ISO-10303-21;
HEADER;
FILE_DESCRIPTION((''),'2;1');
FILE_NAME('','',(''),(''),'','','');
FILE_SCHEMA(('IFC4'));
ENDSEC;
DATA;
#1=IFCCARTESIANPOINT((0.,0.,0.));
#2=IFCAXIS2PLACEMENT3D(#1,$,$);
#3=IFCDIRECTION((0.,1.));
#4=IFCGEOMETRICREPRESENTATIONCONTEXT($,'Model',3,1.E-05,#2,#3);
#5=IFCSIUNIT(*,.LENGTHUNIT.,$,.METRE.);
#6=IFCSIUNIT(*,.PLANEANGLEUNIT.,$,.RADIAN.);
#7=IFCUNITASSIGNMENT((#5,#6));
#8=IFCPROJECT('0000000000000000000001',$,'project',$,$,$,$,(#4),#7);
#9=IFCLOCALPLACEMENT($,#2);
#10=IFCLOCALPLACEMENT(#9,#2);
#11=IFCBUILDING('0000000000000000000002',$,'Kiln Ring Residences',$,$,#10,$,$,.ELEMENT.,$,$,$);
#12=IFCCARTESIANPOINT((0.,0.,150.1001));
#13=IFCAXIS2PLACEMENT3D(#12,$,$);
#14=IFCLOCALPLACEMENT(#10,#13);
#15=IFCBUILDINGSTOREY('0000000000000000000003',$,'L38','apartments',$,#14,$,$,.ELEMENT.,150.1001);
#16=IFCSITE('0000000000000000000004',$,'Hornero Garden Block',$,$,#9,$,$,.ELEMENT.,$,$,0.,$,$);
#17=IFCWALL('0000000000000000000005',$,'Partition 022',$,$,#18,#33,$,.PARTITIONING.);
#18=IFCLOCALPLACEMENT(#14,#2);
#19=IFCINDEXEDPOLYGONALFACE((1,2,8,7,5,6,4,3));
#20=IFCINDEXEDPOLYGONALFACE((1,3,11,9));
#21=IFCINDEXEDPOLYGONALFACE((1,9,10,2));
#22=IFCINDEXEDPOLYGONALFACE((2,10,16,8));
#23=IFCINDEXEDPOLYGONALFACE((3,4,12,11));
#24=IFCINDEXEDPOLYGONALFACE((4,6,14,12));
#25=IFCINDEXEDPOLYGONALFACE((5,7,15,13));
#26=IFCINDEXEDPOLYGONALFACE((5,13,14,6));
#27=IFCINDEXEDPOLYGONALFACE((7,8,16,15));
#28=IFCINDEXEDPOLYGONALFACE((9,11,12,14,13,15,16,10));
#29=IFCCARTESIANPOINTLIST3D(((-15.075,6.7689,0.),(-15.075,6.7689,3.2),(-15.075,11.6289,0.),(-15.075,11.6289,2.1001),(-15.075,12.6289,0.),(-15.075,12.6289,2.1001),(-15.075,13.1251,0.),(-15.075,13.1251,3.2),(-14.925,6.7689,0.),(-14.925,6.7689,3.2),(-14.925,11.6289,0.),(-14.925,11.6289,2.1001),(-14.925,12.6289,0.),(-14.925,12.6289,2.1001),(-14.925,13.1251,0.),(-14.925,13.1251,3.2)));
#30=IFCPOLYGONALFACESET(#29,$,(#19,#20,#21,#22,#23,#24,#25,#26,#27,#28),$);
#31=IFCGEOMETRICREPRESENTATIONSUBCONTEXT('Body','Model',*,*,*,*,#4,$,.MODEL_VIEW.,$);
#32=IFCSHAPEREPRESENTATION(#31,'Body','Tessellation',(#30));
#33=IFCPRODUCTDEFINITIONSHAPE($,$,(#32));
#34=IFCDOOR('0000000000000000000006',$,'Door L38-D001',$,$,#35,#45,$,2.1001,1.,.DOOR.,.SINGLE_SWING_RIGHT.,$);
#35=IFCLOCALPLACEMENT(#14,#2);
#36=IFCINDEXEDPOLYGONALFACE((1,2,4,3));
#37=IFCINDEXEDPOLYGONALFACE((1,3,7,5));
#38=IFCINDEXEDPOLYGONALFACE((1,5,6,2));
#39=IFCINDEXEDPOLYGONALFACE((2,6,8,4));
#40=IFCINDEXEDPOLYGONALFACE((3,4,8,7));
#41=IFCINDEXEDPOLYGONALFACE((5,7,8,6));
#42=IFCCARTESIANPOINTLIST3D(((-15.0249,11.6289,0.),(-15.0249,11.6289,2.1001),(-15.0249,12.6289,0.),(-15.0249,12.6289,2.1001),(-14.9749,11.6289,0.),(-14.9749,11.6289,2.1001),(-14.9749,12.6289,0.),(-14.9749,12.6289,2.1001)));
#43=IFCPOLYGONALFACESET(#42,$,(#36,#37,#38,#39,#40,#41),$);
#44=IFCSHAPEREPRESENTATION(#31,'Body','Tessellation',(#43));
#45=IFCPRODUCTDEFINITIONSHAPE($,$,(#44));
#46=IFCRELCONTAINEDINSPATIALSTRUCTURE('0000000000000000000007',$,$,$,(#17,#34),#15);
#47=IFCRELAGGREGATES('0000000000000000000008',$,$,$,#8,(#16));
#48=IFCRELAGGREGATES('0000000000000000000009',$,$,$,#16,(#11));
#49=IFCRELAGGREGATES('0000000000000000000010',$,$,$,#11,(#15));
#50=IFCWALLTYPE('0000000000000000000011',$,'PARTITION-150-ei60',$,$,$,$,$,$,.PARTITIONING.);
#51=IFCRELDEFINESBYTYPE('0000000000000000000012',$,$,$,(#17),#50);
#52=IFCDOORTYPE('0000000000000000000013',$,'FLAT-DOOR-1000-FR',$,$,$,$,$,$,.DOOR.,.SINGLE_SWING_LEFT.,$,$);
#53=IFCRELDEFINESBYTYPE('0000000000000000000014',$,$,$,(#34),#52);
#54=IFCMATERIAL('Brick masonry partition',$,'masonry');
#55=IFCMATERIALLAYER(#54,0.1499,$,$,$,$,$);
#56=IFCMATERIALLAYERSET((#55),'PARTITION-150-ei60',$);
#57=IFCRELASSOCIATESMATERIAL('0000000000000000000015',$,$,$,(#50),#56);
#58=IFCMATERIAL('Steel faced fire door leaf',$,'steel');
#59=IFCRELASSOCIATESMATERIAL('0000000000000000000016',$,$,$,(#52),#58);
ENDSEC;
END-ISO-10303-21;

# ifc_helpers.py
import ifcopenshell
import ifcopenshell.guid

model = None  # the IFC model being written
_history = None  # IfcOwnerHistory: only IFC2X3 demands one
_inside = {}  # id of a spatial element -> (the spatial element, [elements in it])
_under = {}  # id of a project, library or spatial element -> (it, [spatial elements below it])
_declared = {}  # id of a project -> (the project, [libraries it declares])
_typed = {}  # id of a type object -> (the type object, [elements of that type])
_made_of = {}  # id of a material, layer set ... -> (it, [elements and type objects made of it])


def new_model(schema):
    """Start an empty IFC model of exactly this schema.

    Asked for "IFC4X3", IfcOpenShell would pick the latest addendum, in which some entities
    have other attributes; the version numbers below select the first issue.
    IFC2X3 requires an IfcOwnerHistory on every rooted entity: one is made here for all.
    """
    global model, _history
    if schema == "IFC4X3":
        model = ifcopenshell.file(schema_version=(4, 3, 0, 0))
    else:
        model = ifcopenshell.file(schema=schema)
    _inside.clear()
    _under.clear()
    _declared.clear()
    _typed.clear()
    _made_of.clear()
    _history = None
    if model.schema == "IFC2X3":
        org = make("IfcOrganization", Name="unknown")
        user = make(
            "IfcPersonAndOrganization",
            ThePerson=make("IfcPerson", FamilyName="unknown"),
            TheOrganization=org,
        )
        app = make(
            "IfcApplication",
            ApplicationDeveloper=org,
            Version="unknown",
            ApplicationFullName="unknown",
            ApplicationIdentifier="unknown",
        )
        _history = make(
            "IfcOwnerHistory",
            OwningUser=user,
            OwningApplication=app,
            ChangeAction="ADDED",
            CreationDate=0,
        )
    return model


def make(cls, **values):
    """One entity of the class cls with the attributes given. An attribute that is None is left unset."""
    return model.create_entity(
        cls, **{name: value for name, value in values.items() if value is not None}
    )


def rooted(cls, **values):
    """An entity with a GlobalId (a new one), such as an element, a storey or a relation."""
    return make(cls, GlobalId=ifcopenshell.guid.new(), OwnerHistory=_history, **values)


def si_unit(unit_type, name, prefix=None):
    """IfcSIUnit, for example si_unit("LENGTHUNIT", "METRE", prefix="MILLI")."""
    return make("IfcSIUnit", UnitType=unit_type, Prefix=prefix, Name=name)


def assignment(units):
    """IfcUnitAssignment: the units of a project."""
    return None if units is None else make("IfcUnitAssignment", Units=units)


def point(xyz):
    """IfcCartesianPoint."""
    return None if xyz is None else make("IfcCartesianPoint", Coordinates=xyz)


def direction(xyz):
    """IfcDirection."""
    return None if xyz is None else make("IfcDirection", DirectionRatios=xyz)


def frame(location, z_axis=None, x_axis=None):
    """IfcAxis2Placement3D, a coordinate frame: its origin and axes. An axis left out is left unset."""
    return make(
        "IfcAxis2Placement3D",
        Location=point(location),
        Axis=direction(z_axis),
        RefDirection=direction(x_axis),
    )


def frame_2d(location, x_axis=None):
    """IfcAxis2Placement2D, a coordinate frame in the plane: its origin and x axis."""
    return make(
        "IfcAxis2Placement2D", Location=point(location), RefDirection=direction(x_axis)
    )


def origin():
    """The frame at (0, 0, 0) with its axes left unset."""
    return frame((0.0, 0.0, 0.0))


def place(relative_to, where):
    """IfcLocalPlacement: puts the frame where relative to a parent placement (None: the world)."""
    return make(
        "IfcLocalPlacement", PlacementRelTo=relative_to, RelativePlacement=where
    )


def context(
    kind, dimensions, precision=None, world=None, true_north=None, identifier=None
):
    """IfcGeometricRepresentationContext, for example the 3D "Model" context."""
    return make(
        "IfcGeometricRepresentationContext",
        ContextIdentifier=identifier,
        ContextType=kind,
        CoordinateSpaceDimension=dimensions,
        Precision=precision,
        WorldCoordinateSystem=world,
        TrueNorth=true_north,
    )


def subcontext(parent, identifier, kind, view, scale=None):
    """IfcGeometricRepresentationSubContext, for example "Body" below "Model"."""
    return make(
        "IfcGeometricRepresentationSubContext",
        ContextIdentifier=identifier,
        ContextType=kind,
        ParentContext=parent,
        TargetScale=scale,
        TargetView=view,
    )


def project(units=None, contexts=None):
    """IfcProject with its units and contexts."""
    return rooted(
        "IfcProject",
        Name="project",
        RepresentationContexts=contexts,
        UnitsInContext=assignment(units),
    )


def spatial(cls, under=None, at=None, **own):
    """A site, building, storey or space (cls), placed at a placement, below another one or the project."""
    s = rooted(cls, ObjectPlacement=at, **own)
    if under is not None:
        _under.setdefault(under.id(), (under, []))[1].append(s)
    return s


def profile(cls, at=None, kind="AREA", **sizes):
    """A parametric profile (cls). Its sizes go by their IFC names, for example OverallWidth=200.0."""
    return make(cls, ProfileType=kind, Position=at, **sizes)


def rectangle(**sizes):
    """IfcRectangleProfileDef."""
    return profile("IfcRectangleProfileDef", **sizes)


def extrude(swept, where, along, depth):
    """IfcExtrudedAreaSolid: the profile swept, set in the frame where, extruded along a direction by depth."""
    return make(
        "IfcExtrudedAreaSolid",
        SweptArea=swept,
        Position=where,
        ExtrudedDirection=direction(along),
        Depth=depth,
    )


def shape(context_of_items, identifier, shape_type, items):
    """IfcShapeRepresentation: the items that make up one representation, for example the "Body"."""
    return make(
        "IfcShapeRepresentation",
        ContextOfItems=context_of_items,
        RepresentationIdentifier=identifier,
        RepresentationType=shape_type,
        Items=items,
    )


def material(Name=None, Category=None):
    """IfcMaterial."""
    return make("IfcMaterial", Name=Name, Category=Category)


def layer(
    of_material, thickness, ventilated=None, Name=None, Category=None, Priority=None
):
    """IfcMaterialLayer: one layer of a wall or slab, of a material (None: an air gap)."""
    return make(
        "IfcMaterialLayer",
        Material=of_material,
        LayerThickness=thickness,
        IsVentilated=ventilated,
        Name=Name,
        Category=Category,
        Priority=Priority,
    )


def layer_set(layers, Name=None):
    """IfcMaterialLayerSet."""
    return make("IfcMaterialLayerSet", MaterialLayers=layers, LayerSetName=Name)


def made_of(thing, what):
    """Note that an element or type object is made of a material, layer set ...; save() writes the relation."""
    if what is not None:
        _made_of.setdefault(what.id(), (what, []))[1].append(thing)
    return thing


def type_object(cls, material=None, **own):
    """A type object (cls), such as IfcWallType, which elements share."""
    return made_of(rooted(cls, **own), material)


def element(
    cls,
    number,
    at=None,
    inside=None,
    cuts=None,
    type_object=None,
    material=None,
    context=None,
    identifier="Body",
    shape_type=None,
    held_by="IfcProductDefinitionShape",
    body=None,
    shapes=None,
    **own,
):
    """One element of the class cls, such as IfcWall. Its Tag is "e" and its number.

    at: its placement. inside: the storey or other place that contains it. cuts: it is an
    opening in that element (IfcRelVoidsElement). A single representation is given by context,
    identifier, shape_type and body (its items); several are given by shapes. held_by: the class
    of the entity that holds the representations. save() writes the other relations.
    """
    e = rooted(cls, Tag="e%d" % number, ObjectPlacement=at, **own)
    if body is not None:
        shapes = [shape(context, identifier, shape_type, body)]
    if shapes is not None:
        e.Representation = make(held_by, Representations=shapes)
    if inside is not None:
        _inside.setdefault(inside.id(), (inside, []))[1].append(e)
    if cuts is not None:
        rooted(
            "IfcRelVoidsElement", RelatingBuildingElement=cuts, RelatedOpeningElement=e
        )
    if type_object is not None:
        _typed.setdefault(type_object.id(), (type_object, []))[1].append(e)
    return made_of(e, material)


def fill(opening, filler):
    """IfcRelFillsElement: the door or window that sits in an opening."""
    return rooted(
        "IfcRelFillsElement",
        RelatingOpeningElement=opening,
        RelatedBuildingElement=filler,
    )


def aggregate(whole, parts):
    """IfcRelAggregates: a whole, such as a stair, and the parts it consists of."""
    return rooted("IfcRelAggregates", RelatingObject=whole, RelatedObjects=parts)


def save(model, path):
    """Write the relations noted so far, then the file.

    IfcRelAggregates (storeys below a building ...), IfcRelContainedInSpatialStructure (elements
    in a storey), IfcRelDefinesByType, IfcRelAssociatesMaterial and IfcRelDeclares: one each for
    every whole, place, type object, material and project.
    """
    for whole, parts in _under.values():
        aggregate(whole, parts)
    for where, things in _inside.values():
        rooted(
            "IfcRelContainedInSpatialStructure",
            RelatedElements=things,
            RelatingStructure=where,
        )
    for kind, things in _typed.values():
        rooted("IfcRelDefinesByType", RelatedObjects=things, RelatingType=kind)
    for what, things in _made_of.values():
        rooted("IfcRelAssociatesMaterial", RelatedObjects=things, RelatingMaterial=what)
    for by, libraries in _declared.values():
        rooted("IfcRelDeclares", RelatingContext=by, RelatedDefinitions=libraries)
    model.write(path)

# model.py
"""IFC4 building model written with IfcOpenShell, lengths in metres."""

from ifc_helpers import new_model, si_unit, direction, frame, frame_2d, origin, place, context, subcontext, project, spatial, rectangle, extrude, material, layer, layer_set, type_object, element, fill, save


model = new_model("IFC4")

# Units and contexts
model_context = context("Model", 3, precision=1e-05, world=origin(), true_north=direction((0.0, 1.0)))
body_context = subcontext(model_context, "Body", "Model", "MODEL_VIEW")
ifc_project = project(units=[si_unit("LENGTHUNIT", "METRE"), si_unit("PLANEANGLEUNIT", "RADIAN")], contexts=[model_context])

# Site, building, storey
site_placement = place(None, origin())
site = spatial("IfcSite", under=ifc_project, at=site_placement, Name="Hornero Garden Block", CompositionType="ELEMENT", RefElevation=0.0)
building_placement = place(site_placement, origin())
building = spatial("IfcBuilding", under=site, at=building_placement, Name="Kiln Ring Residences", CompositionType="ELEMENT")
storey_placement = place(building_placement, frame((0.0, 0.0, 150.1001)))
storey = spatial("IfcBuildingStorey", under=building, at=storey_placement, Name="L38", Description="apartments", CompositionType="ELEMENT", Elevation=150.1001)

# Shared definitions
ifc_material_1 = material(Name="Brick masonry partition", Category="masonry")
ifc_layer_1 = layer(ifc_material_1, 0.1499)
ifc_layer_set_1 = layer_set([ifc_layer_1], Name="PARTITION-150-ei60")
wall_type_1 = type_object("IfcWallType", Name="PARTITION-150-ei60", PredefinedType="PARTITIONING", material=ifc_layer_set_1)
ifc_material_2 = material(Name="Steel faced fire door leaf", Category="steel")
door_type_1 = type_object("IfcDoorType", Name="FLAT-DOOR-1000-FR", OperationType="SINGLE_SWING_LEFT", PredefinedType="DOOR", material=ifc_material_2)

# Wall, opening, door
wall_1_placement = place(storey_placement, frame((-15.0, 6.7688, 0.0), z_axis=(0.0, 0.0, 1.0), x_axis=(0.0, 1.0, 0.0)))
wall_1 = element("IfcWall", 1, at=wall_1_placement, inside=storey, type_object=wall_type_1, Name="Partition 022", PredefinedType="PARTITIONING", context=body_context, shape_type="SweptSolid", body=[
    extrude(rectangle(XDim=6.3562, YDim=0.1499, at=frame_2d((3.1782, 0.0))), origin(), (0.0, 0.0, 1.0), 3.2),
])
opening_1_placement = place(wall_1_placement, frame((4.8601, 0.0, 0.0)))
opening_1 = element("IfcOpeningElement", 2, at=opening_1_placement, cuts=wall_1, PredefinedType="OPENING", context=body_context, shape_type="SweptSolid", body=[
    extrude(rectangle(XDim=1.0, YDim=2.1001, at=frame_2d((0.5, 1.05))), frame((0.0, 0.085, 0.0), z_axis=(0.0, -1.0, 0.0), x_axis=(1.0, 0.0, 0.0)), (0.0, 0.0, 1.0), 0.1699),
])
door_1_placement = place(opening_1_placement, origin())
door_1 = element("IfcDoor", 3, at=door_1_placement, inside=storey, type_object=door_type_1, Name="Door L38-D001", OperationType="SINGLE_SWING_RIGHT", OverallHeight=2.1001, OverallWidth=1.0, PredefinedType="DOOR", context=body_context, shape_type="SweptSolid", body=[
    extrude(rectangle(XDim=1.0, YDim=2.1001, at=frame_2d((0.5, 1.05))), frame((0.0, 0.0249, 0.0), z_axis=(0.0, -1.0, 0.0), x_axis=(1.0, 0.0, 0.0)), (0.0, 0.0, 1.0), 0.05),
])
fill(opening_1, door_1)

save(model, "model.ifc")
